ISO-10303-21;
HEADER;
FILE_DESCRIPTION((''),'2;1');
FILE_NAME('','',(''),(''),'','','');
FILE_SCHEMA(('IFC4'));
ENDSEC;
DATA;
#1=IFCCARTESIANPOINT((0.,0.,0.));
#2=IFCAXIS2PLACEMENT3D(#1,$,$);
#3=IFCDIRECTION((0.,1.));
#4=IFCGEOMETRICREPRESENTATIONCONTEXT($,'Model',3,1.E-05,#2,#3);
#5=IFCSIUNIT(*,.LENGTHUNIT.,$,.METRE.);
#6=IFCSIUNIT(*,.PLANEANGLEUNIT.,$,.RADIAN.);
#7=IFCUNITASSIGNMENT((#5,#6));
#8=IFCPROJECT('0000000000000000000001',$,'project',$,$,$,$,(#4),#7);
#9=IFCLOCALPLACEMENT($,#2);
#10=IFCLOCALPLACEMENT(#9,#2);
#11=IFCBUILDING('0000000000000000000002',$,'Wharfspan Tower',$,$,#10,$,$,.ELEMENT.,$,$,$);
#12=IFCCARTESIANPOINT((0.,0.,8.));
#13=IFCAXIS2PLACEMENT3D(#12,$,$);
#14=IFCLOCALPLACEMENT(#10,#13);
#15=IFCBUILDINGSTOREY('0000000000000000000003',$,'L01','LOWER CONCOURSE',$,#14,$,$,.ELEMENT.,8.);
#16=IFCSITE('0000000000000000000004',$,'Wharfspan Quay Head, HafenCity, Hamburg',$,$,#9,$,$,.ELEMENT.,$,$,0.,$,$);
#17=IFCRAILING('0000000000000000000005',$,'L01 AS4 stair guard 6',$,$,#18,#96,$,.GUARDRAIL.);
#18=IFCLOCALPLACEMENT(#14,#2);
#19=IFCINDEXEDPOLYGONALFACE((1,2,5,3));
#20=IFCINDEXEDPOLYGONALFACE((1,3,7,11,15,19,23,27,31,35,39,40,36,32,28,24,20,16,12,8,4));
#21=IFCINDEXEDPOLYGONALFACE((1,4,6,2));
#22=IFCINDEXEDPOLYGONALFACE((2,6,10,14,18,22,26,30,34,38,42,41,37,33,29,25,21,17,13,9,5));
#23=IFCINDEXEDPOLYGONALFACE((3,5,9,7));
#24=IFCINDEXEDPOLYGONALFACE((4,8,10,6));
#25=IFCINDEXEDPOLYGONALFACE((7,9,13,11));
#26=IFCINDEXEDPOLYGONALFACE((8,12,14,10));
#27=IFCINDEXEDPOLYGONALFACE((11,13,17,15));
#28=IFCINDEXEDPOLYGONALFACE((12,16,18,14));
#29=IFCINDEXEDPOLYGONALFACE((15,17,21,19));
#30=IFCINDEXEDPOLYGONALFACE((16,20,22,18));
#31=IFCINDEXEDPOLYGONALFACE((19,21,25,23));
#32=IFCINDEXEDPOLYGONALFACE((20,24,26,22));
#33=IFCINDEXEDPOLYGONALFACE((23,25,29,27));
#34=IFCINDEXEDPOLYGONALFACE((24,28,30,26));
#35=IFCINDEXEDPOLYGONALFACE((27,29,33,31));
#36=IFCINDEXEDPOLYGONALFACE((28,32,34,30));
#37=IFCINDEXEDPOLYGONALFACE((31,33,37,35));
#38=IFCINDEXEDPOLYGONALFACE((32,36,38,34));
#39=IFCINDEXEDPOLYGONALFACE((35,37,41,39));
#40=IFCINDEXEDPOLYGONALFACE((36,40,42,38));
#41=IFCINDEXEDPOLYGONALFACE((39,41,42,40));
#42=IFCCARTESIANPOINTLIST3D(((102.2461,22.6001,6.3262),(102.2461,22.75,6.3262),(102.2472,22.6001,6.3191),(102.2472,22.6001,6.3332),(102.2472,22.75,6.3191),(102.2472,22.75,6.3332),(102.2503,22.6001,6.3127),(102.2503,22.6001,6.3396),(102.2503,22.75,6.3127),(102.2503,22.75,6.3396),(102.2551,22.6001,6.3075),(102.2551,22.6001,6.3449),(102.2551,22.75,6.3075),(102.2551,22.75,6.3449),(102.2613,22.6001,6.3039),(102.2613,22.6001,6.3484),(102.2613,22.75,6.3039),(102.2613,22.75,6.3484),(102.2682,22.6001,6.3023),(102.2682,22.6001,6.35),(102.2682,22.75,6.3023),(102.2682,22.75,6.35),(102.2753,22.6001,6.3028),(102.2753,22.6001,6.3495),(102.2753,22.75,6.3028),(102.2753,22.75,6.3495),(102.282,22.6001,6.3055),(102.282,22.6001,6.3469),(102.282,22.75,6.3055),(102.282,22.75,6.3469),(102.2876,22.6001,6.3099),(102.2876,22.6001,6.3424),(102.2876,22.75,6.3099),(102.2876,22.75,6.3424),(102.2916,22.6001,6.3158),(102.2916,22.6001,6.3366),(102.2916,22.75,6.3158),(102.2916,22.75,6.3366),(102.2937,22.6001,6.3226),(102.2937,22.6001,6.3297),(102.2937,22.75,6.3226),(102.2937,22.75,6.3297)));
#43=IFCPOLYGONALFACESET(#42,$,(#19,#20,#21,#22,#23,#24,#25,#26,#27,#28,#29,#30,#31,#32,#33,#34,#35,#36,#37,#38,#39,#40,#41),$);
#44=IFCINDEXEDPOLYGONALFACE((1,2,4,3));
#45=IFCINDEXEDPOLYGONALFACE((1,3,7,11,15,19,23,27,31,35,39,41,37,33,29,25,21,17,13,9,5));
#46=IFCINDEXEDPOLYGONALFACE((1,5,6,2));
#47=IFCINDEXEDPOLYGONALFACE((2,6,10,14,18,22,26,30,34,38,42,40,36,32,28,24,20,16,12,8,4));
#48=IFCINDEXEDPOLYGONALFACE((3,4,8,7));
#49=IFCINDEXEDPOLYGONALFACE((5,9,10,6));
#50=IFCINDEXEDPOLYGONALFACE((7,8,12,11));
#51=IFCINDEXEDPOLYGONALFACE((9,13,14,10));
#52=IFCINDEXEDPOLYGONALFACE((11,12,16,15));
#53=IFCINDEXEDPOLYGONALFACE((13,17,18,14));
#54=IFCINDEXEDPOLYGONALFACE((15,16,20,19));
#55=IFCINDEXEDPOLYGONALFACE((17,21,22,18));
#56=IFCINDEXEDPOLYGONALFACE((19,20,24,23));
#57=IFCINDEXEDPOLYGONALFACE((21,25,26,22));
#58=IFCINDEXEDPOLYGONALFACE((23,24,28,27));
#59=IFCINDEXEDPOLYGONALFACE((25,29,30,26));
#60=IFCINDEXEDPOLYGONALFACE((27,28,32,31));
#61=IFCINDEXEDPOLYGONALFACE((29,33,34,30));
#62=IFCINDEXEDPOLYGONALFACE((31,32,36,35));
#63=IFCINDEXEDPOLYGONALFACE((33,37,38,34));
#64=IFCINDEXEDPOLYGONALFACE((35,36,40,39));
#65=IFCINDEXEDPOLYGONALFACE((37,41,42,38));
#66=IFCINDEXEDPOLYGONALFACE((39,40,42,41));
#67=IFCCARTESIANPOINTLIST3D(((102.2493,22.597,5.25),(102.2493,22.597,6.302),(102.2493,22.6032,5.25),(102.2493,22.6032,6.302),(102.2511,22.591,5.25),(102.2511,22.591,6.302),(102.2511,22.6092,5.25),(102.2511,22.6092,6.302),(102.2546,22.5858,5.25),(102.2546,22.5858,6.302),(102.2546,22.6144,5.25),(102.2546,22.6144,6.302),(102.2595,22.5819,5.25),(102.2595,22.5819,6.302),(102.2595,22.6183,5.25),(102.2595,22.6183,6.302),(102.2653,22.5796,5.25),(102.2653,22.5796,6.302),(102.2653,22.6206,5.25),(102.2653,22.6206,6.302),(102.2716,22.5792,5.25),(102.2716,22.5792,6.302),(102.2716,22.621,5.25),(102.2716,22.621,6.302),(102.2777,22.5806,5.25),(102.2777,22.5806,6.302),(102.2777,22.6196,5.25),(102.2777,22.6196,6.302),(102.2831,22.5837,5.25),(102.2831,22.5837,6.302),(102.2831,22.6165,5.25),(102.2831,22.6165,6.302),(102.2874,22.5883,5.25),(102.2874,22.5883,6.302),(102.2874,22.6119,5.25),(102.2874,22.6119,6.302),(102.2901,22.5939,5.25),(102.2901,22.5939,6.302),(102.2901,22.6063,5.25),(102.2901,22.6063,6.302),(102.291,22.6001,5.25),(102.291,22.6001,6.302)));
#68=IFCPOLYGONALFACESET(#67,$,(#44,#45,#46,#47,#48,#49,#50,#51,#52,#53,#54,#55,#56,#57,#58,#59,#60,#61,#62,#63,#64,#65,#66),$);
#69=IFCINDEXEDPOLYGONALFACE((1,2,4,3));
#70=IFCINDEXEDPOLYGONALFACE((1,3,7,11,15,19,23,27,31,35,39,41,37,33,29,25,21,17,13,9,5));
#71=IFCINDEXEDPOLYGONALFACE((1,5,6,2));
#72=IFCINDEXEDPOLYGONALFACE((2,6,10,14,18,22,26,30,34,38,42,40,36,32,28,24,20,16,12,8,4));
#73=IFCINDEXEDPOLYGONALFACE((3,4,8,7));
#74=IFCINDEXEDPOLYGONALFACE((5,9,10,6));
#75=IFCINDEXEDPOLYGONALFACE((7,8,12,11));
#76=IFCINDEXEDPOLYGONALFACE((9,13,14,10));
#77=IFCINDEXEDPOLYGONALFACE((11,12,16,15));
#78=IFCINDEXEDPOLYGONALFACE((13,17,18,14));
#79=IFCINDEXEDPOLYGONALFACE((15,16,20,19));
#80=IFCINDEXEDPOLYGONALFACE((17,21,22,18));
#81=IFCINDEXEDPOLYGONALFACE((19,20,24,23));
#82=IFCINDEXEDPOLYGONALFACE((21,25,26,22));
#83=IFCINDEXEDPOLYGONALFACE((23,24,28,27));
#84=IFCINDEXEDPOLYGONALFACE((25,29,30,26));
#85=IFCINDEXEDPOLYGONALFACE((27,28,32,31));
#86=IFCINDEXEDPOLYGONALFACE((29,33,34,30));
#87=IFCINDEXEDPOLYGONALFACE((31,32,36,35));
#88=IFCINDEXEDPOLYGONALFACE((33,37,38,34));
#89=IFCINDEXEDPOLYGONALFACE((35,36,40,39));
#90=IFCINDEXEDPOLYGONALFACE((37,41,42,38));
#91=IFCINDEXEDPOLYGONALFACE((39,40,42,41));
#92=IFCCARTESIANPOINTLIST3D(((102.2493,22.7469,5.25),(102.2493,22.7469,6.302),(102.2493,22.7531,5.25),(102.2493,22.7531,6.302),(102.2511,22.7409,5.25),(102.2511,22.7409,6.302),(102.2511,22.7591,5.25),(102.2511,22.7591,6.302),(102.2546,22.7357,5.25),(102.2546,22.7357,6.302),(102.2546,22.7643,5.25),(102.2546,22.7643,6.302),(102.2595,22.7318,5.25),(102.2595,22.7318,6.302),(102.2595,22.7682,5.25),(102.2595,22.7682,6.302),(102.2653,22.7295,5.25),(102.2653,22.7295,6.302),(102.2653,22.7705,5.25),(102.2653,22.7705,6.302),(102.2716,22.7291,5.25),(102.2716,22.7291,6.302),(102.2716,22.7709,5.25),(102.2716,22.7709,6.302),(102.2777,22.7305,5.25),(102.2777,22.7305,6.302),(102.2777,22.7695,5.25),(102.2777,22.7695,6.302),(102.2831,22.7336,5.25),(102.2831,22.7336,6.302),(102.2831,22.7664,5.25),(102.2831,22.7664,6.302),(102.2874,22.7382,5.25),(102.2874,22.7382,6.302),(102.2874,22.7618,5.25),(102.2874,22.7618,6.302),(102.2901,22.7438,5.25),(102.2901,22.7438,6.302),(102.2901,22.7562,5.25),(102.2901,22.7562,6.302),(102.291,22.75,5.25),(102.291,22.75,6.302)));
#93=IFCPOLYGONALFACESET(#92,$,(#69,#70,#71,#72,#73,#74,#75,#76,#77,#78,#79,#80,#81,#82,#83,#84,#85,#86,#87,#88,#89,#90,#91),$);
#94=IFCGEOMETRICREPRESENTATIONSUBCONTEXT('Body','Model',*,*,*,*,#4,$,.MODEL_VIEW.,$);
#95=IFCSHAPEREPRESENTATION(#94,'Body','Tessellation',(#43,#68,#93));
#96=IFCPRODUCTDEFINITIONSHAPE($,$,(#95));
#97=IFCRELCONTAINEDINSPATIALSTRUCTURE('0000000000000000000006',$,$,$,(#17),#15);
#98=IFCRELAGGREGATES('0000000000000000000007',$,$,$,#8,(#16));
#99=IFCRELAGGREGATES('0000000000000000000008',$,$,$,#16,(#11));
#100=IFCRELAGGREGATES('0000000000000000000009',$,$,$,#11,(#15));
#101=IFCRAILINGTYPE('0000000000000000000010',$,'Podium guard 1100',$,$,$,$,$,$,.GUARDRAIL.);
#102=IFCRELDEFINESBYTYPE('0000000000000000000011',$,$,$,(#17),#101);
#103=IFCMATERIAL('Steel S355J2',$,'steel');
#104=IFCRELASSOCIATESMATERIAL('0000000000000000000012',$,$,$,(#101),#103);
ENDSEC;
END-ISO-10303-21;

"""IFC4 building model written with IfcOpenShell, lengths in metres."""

from ifc_helpers import new_model, si_unit, direction, frame, origin, origin_2d, place, context, subcontext, project, spatial, circle, extrude, material, type_object, element, save


model = new_model("IFC4")

# Units and contexts
model_context = context("Model", 3, precision=1e-05, world=origin(), true_north=direction((0.0, 1.0)))
body_context = subcontext(model_context, "Body", "Model", "MODEL_VIEW")
ifc_project = project(units=[si_unit("LENGTHUNIT", "METRE"), si_unit("PLANEANGLEUNIT", "RADIAN")], contexts=[model_context])

# Site, building, storey
site_placement = place(None, origin())
site = spatial("IfcSite", under=ifc_project, at=site_placement, Name="Wharfspan Quay Head, HafenCity, Hamburg", CompositionType="ELEMENT", RefElevation=0.0)
building_placement = place(site_placement, origin())
building = spatial("IfcBuilding", under=site, at=building_placement, Name="Wharfspan Tower", CompositionType="ELEMENT")
storey_placement = place(building_placement, frame((0.0, 0.0, 8.0)))
storey = spatial("IfcBuildingStorey", under=building, at=storey_placement, Name="L01", Description="LOWER CONCOURSE", CompositionType="ELEMENT", Elevation=8.0)

# Railing
ifc_material_1 = material(Name="Steel S355J2", Category="steel")
railing_type_1 = type_object("IfcRailingType", Name="Podium guard 1100", PredefinedType="GUARDRAIL", material=ifc_material_1)
railing_1_placement = place(storey_placement, frame((102.27, 22.6001, 5.25)))
element("IfcRailing", 1, at=railing_1_placement, inside=storey, type_object=railing_type_1, Name="L01 AS4 stair guard 6", PredefinedType="GUARDRAIL", context=body_context, shape_type="SweptSolid", body=[
    extrude(circle(Radius=0.0239, at=origin_2d()), frame((0.0, 0.0, 1.0762), z_axis=(0.0, 1.0, 0.0), x_axis=(-1.0, 0.0, 0.0)), (0.0, 0.0, 1.0), 0.1499),
    extrude(circle(Radius=0.021, at=origin_2d()), origin(), (0.0, 0.0, 1.0), 1.052),
    extrude(circle(Radius=0.021, at=origin_2d()), frame((0.0, 0.1499, 0.0)), (0.0, 0.0, 1.0), 1.052),
])

save(model, "model.ifc")
